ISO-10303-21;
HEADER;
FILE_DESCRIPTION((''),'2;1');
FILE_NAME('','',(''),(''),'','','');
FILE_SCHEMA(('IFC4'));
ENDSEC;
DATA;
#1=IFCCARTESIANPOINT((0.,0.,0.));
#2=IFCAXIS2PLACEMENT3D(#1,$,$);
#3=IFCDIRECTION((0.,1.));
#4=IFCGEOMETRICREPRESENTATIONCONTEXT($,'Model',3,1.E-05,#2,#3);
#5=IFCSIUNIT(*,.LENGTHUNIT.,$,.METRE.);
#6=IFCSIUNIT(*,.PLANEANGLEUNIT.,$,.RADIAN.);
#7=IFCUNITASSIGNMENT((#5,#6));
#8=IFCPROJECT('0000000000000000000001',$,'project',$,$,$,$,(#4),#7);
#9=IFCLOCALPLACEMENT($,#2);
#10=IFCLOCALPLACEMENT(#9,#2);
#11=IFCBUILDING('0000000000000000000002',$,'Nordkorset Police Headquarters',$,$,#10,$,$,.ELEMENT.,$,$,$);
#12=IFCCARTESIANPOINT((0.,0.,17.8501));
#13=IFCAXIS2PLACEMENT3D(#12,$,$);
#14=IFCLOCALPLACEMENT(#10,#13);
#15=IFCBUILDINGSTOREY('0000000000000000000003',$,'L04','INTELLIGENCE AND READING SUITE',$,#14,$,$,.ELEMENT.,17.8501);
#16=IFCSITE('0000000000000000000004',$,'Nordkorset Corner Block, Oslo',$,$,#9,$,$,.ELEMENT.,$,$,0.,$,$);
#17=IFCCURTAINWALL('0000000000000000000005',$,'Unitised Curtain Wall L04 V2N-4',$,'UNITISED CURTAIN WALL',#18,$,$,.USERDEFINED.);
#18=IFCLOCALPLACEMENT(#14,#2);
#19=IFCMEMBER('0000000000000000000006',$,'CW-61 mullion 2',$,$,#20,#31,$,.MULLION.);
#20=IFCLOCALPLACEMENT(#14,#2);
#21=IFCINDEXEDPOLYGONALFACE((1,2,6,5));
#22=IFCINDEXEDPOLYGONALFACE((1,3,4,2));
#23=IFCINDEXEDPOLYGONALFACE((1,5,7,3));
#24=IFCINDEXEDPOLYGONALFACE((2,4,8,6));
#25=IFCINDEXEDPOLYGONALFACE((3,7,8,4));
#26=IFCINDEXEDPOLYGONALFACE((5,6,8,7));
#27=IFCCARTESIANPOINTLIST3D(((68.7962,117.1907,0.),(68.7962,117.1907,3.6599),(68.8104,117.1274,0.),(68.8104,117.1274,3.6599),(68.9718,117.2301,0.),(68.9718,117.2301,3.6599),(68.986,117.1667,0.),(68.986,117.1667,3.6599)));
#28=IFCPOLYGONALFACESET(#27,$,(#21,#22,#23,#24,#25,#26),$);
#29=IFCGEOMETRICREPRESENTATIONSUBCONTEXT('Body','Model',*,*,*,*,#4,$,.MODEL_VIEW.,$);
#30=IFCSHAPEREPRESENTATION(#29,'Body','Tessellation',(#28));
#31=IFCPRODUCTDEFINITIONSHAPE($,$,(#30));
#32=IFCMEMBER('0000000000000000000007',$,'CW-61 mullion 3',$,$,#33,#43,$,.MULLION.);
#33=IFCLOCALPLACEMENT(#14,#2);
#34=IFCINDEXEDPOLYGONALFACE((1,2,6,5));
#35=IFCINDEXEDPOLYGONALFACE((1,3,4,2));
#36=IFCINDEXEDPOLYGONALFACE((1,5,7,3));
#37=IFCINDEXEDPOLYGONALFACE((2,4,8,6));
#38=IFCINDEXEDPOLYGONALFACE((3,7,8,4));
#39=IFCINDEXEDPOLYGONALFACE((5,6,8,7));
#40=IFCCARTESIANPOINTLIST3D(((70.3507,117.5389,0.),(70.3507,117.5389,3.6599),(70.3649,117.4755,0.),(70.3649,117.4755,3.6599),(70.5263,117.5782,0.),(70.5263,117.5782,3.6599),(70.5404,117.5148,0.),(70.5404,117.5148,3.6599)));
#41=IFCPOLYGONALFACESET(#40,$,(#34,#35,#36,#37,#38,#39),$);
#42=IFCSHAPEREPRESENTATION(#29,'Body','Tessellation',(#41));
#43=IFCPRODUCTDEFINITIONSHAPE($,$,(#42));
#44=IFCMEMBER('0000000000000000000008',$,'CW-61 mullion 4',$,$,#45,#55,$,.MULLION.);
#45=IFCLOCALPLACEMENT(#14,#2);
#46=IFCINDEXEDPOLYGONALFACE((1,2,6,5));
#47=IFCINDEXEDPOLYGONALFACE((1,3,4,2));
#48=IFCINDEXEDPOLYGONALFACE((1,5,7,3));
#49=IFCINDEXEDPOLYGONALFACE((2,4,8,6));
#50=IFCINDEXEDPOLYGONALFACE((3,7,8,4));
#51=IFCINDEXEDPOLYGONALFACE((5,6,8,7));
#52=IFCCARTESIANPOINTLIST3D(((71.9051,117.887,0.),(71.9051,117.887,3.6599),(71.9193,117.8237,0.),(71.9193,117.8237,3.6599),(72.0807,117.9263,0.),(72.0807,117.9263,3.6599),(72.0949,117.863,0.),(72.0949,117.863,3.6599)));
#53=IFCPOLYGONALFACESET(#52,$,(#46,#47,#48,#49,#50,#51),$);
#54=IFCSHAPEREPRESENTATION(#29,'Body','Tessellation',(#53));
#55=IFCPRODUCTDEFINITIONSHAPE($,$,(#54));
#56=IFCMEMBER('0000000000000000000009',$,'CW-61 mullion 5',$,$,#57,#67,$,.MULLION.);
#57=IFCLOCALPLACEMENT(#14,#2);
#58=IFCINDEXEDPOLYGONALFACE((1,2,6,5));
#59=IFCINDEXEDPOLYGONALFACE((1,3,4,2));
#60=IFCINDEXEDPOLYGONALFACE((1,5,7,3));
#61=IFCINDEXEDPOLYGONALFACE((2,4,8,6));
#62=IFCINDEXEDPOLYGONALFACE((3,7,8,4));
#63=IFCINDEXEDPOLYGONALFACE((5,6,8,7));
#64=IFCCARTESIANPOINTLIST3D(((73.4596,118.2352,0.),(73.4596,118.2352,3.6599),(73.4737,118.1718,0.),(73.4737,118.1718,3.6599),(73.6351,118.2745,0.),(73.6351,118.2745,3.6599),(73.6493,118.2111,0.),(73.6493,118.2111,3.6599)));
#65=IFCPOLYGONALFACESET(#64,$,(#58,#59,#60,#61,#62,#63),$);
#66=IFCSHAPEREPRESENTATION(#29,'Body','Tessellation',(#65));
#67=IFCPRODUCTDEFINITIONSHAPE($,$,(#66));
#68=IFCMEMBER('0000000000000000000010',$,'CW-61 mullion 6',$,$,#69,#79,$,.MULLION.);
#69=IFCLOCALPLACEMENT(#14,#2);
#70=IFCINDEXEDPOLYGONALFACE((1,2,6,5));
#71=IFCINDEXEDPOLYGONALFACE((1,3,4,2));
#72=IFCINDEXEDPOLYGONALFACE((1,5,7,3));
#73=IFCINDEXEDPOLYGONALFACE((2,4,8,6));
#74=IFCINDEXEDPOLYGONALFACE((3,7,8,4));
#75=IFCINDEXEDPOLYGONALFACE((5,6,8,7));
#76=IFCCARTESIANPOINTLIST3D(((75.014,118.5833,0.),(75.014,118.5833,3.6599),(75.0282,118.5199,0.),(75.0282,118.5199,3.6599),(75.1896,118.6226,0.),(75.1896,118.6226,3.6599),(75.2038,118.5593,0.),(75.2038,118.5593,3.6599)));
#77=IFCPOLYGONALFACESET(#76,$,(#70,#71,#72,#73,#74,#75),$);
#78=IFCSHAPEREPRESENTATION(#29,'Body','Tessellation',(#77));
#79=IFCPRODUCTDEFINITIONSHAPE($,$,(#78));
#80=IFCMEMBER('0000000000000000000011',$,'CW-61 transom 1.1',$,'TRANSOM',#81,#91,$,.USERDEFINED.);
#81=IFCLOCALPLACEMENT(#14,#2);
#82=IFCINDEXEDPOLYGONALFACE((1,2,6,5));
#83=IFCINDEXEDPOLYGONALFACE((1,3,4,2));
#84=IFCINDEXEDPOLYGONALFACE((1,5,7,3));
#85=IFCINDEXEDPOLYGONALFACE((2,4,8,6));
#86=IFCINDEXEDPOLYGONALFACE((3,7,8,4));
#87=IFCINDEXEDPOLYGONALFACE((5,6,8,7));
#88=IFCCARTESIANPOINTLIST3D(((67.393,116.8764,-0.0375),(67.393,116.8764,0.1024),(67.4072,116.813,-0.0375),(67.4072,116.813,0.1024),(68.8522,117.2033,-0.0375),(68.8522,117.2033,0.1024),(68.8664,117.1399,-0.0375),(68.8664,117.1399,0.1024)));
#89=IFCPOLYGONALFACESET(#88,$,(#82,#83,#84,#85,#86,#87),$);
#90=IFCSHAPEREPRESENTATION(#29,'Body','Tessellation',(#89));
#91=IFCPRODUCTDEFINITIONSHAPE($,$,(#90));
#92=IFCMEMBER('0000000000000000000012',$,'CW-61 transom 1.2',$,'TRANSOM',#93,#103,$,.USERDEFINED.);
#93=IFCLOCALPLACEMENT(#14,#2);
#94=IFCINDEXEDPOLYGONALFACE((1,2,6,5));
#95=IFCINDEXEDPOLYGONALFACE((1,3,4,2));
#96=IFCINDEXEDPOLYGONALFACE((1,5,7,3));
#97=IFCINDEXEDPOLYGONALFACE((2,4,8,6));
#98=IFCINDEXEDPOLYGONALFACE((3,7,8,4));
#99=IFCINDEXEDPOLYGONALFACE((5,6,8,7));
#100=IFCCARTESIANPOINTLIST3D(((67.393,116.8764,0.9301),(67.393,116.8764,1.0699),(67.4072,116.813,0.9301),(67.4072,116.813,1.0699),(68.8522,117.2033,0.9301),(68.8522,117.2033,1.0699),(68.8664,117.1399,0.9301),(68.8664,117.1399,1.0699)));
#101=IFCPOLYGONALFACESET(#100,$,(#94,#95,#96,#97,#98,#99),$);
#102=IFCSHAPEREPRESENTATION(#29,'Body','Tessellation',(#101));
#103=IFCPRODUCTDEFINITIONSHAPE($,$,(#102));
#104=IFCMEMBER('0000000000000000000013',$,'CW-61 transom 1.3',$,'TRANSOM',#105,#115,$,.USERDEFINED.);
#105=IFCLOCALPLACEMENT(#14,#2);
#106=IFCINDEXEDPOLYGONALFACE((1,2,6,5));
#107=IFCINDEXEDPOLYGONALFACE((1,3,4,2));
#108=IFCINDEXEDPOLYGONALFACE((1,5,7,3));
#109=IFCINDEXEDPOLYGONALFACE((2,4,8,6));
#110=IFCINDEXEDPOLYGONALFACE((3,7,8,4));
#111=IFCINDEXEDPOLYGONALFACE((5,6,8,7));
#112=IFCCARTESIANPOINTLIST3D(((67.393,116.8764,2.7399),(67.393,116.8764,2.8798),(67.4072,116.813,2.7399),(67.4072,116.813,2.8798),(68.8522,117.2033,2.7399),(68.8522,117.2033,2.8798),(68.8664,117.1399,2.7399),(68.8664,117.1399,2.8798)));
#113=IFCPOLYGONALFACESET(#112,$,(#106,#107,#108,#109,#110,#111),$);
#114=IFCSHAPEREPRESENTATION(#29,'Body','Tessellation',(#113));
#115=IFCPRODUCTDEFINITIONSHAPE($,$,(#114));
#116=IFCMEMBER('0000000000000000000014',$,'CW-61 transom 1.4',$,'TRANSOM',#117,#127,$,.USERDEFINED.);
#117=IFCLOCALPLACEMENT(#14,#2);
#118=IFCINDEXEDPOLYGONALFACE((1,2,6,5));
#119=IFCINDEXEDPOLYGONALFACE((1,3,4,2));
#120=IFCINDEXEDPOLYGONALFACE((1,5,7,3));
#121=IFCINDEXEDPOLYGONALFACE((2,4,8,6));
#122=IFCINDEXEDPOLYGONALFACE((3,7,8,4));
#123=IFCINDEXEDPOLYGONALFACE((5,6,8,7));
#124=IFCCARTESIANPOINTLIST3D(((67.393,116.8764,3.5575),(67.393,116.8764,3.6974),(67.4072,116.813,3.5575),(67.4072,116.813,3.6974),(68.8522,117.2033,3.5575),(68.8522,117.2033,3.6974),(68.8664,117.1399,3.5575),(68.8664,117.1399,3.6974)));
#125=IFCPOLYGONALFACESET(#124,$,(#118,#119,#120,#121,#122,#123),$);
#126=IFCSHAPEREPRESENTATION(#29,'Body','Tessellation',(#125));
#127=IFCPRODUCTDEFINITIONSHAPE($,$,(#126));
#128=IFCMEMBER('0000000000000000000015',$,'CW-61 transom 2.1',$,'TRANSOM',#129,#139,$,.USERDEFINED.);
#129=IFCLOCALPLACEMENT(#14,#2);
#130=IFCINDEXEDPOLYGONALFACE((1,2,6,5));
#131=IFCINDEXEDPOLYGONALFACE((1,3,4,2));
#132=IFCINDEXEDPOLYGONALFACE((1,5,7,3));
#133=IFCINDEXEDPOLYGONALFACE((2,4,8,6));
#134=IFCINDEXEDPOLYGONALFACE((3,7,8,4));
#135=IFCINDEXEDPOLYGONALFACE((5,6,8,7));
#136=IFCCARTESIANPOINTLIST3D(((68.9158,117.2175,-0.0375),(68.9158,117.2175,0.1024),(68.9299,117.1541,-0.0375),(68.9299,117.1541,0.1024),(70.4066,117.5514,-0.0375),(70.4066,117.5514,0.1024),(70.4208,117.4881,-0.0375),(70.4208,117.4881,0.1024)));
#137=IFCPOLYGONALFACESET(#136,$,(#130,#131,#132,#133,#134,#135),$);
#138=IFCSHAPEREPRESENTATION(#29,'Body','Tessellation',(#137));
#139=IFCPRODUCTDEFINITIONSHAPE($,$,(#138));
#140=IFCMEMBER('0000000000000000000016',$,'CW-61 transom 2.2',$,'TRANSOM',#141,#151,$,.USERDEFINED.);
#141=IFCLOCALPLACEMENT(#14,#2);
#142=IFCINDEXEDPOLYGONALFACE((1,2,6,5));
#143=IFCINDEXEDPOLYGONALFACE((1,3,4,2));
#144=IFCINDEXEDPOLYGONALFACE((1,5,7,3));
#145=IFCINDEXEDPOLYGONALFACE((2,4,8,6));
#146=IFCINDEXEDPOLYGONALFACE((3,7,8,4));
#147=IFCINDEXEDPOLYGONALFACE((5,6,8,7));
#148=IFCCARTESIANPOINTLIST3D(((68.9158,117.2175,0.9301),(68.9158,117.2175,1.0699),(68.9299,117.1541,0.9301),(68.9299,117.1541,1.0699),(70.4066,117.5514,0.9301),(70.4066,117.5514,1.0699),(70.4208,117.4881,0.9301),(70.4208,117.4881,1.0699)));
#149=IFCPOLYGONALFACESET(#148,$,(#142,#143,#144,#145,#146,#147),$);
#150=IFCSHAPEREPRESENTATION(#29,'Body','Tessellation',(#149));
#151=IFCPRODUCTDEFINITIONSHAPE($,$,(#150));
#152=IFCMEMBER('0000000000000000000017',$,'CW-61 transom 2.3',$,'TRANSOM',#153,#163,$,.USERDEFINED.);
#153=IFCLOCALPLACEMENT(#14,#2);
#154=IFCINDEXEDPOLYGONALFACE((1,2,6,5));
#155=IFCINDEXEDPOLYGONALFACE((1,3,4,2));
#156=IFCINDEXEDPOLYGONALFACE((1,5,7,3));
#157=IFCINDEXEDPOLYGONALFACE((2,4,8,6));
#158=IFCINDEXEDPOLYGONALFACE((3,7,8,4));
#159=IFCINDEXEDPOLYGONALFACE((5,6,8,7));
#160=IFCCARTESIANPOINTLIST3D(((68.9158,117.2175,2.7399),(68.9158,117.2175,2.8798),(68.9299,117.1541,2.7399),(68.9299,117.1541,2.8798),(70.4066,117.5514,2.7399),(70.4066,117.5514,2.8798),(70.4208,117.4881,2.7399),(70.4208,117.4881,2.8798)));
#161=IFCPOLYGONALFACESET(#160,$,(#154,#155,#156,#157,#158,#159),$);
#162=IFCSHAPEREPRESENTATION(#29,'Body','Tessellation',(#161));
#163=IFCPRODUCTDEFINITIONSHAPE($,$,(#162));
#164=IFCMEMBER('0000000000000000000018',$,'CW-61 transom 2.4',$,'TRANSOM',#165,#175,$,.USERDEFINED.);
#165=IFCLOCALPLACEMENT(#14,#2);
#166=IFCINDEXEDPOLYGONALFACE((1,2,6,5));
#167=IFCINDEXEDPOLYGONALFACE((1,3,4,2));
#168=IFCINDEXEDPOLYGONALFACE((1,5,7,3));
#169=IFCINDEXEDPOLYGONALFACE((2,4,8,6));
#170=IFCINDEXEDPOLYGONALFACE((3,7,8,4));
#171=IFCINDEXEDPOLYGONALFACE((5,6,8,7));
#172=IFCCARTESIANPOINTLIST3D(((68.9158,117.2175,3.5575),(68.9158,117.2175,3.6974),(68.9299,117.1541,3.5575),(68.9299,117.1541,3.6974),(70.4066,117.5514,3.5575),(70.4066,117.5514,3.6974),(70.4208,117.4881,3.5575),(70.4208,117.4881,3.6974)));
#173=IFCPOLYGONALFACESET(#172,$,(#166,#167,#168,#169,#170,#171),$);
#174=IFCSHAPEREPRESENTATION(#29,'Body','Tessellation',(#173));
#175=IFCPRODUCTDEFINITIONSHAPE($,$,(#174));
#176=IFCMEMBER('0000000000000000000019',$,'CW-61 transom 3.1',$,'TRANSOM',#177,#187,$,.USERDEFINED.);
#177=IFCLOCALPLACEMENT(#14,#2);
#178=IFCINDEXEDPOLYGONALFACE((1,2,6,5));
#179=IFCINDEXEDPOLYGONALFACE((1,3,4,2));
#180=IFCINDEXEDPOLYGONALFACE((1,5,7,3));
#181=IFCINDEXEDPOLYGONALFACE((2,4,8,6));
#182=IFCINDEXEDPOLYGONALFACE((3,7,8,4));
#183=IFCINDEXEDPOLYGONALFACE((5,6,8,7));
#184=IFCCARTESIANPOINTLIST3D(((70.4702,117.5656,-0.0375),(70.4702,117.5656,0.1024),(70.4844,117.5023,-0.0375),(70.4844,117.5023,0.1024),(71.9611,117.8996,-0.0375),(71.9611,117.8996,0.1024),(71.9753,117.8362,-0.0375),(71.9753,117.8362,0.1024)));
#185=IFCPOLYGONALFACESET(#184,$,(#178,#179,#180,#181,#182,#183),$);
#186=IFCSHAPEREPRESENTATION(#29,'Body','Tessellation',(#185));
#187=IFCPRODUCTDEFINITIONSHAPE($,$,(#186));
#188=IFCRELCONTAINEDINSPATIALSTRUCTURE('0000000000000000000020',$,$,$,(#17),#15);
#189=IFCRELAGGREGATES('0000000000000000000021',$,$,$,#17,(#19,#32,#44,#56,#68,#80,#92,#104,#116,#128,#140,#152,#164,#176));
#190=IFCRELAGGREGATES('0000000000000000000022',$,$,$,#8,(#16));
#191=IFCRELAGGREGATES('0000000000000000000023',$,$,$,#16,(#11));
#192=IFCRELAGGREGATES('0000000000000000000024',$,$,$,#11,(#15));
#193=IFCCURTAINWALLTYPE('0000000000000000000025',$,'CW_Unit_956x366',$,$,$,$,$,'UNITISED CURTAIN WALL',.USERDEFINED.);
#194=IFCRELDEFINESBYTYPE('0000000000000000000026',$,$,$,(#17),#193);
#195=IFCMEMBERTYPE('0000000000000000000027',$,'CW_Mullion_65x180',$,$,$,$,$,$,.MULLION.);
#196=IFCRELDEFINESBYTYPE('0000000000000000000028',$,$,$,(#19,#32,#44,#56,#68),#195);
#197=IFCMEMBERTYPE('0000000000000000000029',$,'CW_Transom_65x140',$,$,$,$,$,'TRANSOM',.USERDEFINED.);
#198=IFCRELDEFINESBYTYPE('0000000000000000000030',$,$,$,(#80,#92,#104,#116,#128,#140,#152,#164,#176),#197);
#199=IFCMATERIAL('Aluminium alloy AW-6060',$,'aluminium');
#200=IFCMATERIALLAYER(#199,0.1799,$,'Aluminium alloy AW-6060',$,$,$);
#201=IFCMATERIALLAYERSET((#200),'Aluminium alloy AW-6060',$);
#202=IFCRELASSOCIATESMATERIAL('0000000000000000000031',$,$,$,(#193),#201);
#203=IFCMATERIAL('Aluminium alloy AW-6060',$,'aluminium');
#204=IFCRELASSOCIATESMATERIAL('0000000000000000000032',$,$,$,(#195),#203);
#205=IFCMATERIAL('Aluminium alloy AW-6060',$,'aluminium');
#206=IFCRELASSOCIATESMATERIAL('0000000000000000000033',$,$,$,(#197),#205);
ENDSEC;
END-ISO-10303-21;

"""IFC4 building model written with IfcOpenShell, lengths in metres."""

from ifc_helpers import new_model, si_unit, direction, frame, origin, origin_2d, place, context, subcontext, project, spatial, rectangle, extrude, material, layer, layer_set, material_profile, profile_set, type_object, element, aggregate, save


model = new_model("IFC4")

# Units and contexts
model_context = context("Model", 3, precision=1e-05, world=origin(), true_north=direction((0.0, 1.0)))
body_context = subcontext(model_context, "Body", "Model", "MODEL_VIEW")
ifc_project = project(units=[si_unit("LENGTHUNIT", "METRE"), si_unit("PLANEANGLEUNIT", "RADIAN")], contexts=[model_context])

# Site, building, storey
site_placement = place(None, origin())
site = spatial("IfcSite", under=ifc_project, at=site_placement, Name="Nordkorset Corner Block, Oslo", CompositionType="ELEMENT", RefElevation=0.0)
building_placement = place(site_placement, origin())
building = spatial("IfcBuilding", under=site, at=building_placement, Name="Nordkorset Police Headquarters", CompositionType="ELEMENT")
storey_placement = place(building_placement, frame((0.0, 0.0, 17.8501)))
storey = spatial("IfcBuildingStorey", under=building, at=storey_placement, Name="L04", Description="INTELLIGENCE AND READING SUITE", CompositionType="ELEMENT", Elevation=17.8501)

# Curtain wall, members
ifc_material_1 = material(Name="Aluminium alloy AW-6060", Category="aluminium")
ifc_layer_1 = layer(ifc_material_1, 0.1799, Name="Aluminium alloy AW-6060")
ifc_layer_set_1 = layer_set([ifc_layer_1], Name="Aluminium alloy AW-6060")
curtain_wall_type = type_object("IfcCurtainWallType", Name="CW_Unit_956x366", ElementType="UNITISED CURTAIN WALL", PredefinedType="USERDEFINED", material=ifc_layer_set_1)
curtain_wall_placement = place(storey_placement, origin())
curtain_wall = element("IfcCurtainWall", 1, at=curtain_wall_placement, inside=storey, type_object=curtain_wall_type, Name="Unitised Curtain Wall L04 V2N-4", ObjectType="UNITISED CURTAIN WALL", PredefinedType="USERDEFINED")
ifc_material_2 = material(Name="Aluminium alloy AW-6060", Category="aluminium")
ifc_material_profile_1 = material_profile(ifc_material_2, rectangle(XDim=0.0649, YDim=0.1799, at=origin_2d()), Name="ALU MULL 65x180")
ifc_profile_set_1 = profile_set([ifc_material_profile_1], Name="Aluminium alloy AW-6060")
member_type_1 = type_object("IfcMemberType", Name="CW_Mullion_65x180", PredefinedType="MULLION", material=ifc_profile_set_1)
member_1_placement = place(storey_placement, frame((68.8911, 117.1787, 0.0), z_axis=(0.0, 0.0, 1.0), x_axis=(-0.218544, 0.975827, 0.0)))
member_1 = element("IfcMember", 2, at=member_1_placement, type_object=member_type_1, Name="CW-61 mullion 2", PredefinedType="MULLION", context=body_context, shape_type="SweptSolid", body=[
    extrude(rectangle(XDim=0.0649, YDim=0.1799, at=origin_2d()), origin(), (0.0, 0.0, 1.0), 3.6599),
])
member_2_placement = place(storey_placement, frame((70.4456, 117.5269, 0.0), z_axis=(0.0, 0.0, 1.0), x_axis=(-0.218544, 0.975827, 0.0)))
member_2 = element("IfcMember", 3, at=member_2_placement, type_object=member_type_1, Name="CW-61 mullion 3", PredefinedType="MULLION", context=body_context, shape_type="SweptSolid", body=[
    extrude(rectangle(XDim=0.0649, YDim=0.1799, at=origin_2d()), origin(), (0.0, 0.0, 1.0), 3.6599),
])
member_3_placement = place(storey_placement, frame((72.0, 117.875, 0.0), z_axis=(0.0, 0.0, 1.0), x_axis=(-0.218544, 0.975827, 0.0)))
member_3 = element("IfcMember", 4, at=member_3_placement, type_object=member_type_1, Name="CW-61 mullion 4", PredefinedType="MULLION", context=body_context, shape_type="SweptSolid", body=[
    extrude(rectangle(XDim=0.0649, YDim=0.1799, at=origin_2d()), origin(), (0.0, 0.0, 1.0), 3.6599),
])
member_4_placement = place(storey_placement, frame((73.5544, 118.2231, 0.0), z_axis=(0.0, 0.0, 1.0), x_axis=(-0.218544, 0.975827, 0.0)))
member_4 = element("IfcMember", 5, at=member_4_placement, type_object=member_type_1, Name="CW-61 mullion 5", PredefinedType="MULLION", context=body_context, shape_type="SweptSolid", body=[
    extrude(rectangle(XDim=0.0649, YDim=0.1799, at=origin_2d()), origin(), (0.0, 0.0, 1.0), 3.6599),
])
member_5_placement = place(storey_placement, frame((75.1089, 118.5713, 0.0), z_axis=(0.0, 0.0, 1.0), x_axis=(-0.218544, 0.975827, 0.0)))
member_5 = element("IfcMember", 6, at=member_5_placement, type_object=member_type_1, Name="CW-61 mullion 6", PredefinedType="MULLION", context=body_context, shape_type="SweptSolid", body=[
    extrude(rectangle(XDim=0.0649, YDim=0.1799, at=origin_2d()), origin(), (0.0, 0.0, 1.0), 3.6599),
])
ifc_material_3 = material(Name="Aluminium alloy AW-6060", Category="aluminium")
ifc_material_profile_2 = material_profile(ifc_material_3, rectangle(XDim=0.0649, YDim=0.1399, at=origin_2d()), Name="ALU TRAN 65x140")
ifc_profile_set_2 = profile_set([ifc_material_profile_2], Name="Aluminium alloy AW-6060")
member_type_2 = type_object("IfcMemberType", Name="CW_Transom_65x140", ElementType="TRANSOM", PredefinedType="USERDEFINED", material=ifc_profile_set_2)
member_6_placement = place(storey_placement, frame((67.4001, 116.8447, 0.0325), z_axis=(0.975813, 0.218607, 0.0), x_axis=(-0.218607, 0.975813, 0.0)))
member_6 = element("IfcMember", 7, at=member_6_placement, type_object=member_type_2, Name="CW-61 transom 1.1", ObjectType="TRANSOM", PredefinedType="USERDEFINED", context=body_context, shape_type="SweptSolid", body=[
    extrude(rectangle(XDim=0.0649, YDim=0.1399, at=origin_2d()), origin(), (0.0, 0.0, 1.0), 1.4954),
])
member_7_placement = place(storey_placement, frame((67.4001, 116.8447, 1.0), z_axis=(0.975813, 0.218607, 0.0), x_axis=(-0.218607, 0.975813, 0.0)))
member_7 = element("IfcMember", 8, at=member_7_placement, type_object=member_type_2, Name="CW-61 transom 1.2", ObjectType="TRANSOM", PredefinedType="USERDEFINED", context=body_context, shape_type="SweptSolid", body=[
    extrude(rectangle(XDim=0.0649, YDim=0.1399, at=origin_2d()), origin(), (0.0, 0.0, 1.0), 1.4954),
])
member_8_placement = place(storey_placement, frame((67.4001, 116.8447, 2.8098), z_axis=(0.975813, 0.218607, 0.0), x_axis=(-0.218607, 0.975813, 0.0)))
member_8 = element("IfcMember", 9, at=member_8_placement, type_object=member_type_2, Name="CW-61 transom 1.3", ObjectType="TRANSOM", PredefinedType="USERDEFINED", context=body_context, shape_type="SweptSolid", body=[
    extrude(rectangle(XDim=0.0649, YDim=0.1399, at=origin_2d()), origin(), (0.0, 0.0, 1.0), 1.4954),
])
member_9_placement = place(storey_placement, frame((67.4001, 116.8447, 3.6274), z_axis=(0.975813, 0.218607, 0.0), x_axis=(-0.218607, 0.975813, 0.0)))
member_9 = element("IfcMember", 10, at=member_9_placement, type_object=member_type_2, Name="CW-61 transom 1.4", ObjectType="TRANSOM", PredefinedType="USERDEFINED", context=body_context, shape_type="SweptSolid", body=[
    extrude(rectangle(XDim=0.0649, YDim=0.1399, at=origin_2d()), origin(), (0.0, 0.0, 1.0), 1.4954),
])
member_10_placement = place(storey_placement, frame((68.9229, 117.1858, 0.0325), z_axis=(0.975817, 0.218588, 0.0), x_axis=(-0.218588, 0.975817, 0.0)))
member_10 = element("IfcMember", 11, at=member_10_placement, type_object=member_type_2, Name="CW-61 transom 2.1", ObjectType="TRANSOM", PredefinedType="USERDEFINED", context=body_context, shape_type="SweptSolid", body=[
    extrude(rectangle(XDim=0.0649, YDim=0.1399, at=origin_2d()), origin(), (0.0, 0.0, 1.0), 1.5278),
])
member_11_placement = place(storey_placement, frame((68.9229, 117.1858, 1.0), z_axis=(0.975817, 0.218588, 0.0), x_axis=(-0.218588, 0.975817, 0.0)))
member_11 = element("IfcMember", 12, at=member_11_placement, type_object=member_type_2, Name="CW-61 transom 2.2", ObjectType="TRANSOM", PredefinedType="USERDEFINED", context=body_context, shape_type="SweptSolid", body=[
    extrude(rectangle(XDim=0.0649, YDim=0.1399, at=origin_2d()), origin(), (0.0, 0.0, 1.0), 1.5278),
])
member_12_placement = place(storey_placement, frame((68.9229, 117.1858, 2.8098), z_axis=(0.975817, 0.218588, 0.0), x_axis=(-0.218588, 0.975817, 0.0)))
member_12 = element("IfcMember", 13, at=member_12_placement, type_object=member_type_2, Name="CW-61 transom 2.3", ObjectType="TRANSOM", PredefinedType="USERDEFINED", context=body_context, shape_type="SweptSolid", body=[
    extrude(rectangle(XDim=0.0649, YDim=0.1399, at=origin_2d()), origin(), (0.0, 0.0, 1.0), 1.5278),
])
member_13_placement = place(storey_placement, frame((68.9229, 117.1858, 3.6274), z_axis=(0.975817, 0.218588, 0.0), x_axis=(-0.218588, 0.975817, 0.0)))
member_13 = element("IfcMember", 14, at=member_13_placement, type_object=member_type_2, Name="CW-61 transom 2.4", ObjectType="TRANSOM", PredefinedType="USERDEFINED", context=body_context, shape_type="SweptSolid", body=[
    extrude(rectangle(XDim=0.0649, YDim=0.1399, at=origin_2d()), origin(), (0.0, 0.0, 1.0), 1.5278),
])
member_14_placement = place(storey_placement, frame((70.4773, 117.5339, 0.0325), z_axis=(0.975817, 0.218588, 0.0), x_axis=(-0.218588, 0.975817, 0.0)))
member_14 = element("IfcMember", 15, at=member_14_placement, type_object=member_type_2, Name="CW-61 transom 3.1", ObjectType="TRANSOM", PredefinedType="USERDEFINED", context=body_context, shape_type="SweptSolid", body=[
    extrude(rectangle(XDim=0.0649, YDim=0.1399, at=origin_2d()), origin(), (0.0, 0.0, 1.0), 1.5278),
])
aggregate(curtain_wall, [member_1, member_2, member_3, member_4, member_5, member_6, member_7, member_8, member_9, member_10, member_11, member_12, member_13, member_14])

save(model, "model.ifc")
